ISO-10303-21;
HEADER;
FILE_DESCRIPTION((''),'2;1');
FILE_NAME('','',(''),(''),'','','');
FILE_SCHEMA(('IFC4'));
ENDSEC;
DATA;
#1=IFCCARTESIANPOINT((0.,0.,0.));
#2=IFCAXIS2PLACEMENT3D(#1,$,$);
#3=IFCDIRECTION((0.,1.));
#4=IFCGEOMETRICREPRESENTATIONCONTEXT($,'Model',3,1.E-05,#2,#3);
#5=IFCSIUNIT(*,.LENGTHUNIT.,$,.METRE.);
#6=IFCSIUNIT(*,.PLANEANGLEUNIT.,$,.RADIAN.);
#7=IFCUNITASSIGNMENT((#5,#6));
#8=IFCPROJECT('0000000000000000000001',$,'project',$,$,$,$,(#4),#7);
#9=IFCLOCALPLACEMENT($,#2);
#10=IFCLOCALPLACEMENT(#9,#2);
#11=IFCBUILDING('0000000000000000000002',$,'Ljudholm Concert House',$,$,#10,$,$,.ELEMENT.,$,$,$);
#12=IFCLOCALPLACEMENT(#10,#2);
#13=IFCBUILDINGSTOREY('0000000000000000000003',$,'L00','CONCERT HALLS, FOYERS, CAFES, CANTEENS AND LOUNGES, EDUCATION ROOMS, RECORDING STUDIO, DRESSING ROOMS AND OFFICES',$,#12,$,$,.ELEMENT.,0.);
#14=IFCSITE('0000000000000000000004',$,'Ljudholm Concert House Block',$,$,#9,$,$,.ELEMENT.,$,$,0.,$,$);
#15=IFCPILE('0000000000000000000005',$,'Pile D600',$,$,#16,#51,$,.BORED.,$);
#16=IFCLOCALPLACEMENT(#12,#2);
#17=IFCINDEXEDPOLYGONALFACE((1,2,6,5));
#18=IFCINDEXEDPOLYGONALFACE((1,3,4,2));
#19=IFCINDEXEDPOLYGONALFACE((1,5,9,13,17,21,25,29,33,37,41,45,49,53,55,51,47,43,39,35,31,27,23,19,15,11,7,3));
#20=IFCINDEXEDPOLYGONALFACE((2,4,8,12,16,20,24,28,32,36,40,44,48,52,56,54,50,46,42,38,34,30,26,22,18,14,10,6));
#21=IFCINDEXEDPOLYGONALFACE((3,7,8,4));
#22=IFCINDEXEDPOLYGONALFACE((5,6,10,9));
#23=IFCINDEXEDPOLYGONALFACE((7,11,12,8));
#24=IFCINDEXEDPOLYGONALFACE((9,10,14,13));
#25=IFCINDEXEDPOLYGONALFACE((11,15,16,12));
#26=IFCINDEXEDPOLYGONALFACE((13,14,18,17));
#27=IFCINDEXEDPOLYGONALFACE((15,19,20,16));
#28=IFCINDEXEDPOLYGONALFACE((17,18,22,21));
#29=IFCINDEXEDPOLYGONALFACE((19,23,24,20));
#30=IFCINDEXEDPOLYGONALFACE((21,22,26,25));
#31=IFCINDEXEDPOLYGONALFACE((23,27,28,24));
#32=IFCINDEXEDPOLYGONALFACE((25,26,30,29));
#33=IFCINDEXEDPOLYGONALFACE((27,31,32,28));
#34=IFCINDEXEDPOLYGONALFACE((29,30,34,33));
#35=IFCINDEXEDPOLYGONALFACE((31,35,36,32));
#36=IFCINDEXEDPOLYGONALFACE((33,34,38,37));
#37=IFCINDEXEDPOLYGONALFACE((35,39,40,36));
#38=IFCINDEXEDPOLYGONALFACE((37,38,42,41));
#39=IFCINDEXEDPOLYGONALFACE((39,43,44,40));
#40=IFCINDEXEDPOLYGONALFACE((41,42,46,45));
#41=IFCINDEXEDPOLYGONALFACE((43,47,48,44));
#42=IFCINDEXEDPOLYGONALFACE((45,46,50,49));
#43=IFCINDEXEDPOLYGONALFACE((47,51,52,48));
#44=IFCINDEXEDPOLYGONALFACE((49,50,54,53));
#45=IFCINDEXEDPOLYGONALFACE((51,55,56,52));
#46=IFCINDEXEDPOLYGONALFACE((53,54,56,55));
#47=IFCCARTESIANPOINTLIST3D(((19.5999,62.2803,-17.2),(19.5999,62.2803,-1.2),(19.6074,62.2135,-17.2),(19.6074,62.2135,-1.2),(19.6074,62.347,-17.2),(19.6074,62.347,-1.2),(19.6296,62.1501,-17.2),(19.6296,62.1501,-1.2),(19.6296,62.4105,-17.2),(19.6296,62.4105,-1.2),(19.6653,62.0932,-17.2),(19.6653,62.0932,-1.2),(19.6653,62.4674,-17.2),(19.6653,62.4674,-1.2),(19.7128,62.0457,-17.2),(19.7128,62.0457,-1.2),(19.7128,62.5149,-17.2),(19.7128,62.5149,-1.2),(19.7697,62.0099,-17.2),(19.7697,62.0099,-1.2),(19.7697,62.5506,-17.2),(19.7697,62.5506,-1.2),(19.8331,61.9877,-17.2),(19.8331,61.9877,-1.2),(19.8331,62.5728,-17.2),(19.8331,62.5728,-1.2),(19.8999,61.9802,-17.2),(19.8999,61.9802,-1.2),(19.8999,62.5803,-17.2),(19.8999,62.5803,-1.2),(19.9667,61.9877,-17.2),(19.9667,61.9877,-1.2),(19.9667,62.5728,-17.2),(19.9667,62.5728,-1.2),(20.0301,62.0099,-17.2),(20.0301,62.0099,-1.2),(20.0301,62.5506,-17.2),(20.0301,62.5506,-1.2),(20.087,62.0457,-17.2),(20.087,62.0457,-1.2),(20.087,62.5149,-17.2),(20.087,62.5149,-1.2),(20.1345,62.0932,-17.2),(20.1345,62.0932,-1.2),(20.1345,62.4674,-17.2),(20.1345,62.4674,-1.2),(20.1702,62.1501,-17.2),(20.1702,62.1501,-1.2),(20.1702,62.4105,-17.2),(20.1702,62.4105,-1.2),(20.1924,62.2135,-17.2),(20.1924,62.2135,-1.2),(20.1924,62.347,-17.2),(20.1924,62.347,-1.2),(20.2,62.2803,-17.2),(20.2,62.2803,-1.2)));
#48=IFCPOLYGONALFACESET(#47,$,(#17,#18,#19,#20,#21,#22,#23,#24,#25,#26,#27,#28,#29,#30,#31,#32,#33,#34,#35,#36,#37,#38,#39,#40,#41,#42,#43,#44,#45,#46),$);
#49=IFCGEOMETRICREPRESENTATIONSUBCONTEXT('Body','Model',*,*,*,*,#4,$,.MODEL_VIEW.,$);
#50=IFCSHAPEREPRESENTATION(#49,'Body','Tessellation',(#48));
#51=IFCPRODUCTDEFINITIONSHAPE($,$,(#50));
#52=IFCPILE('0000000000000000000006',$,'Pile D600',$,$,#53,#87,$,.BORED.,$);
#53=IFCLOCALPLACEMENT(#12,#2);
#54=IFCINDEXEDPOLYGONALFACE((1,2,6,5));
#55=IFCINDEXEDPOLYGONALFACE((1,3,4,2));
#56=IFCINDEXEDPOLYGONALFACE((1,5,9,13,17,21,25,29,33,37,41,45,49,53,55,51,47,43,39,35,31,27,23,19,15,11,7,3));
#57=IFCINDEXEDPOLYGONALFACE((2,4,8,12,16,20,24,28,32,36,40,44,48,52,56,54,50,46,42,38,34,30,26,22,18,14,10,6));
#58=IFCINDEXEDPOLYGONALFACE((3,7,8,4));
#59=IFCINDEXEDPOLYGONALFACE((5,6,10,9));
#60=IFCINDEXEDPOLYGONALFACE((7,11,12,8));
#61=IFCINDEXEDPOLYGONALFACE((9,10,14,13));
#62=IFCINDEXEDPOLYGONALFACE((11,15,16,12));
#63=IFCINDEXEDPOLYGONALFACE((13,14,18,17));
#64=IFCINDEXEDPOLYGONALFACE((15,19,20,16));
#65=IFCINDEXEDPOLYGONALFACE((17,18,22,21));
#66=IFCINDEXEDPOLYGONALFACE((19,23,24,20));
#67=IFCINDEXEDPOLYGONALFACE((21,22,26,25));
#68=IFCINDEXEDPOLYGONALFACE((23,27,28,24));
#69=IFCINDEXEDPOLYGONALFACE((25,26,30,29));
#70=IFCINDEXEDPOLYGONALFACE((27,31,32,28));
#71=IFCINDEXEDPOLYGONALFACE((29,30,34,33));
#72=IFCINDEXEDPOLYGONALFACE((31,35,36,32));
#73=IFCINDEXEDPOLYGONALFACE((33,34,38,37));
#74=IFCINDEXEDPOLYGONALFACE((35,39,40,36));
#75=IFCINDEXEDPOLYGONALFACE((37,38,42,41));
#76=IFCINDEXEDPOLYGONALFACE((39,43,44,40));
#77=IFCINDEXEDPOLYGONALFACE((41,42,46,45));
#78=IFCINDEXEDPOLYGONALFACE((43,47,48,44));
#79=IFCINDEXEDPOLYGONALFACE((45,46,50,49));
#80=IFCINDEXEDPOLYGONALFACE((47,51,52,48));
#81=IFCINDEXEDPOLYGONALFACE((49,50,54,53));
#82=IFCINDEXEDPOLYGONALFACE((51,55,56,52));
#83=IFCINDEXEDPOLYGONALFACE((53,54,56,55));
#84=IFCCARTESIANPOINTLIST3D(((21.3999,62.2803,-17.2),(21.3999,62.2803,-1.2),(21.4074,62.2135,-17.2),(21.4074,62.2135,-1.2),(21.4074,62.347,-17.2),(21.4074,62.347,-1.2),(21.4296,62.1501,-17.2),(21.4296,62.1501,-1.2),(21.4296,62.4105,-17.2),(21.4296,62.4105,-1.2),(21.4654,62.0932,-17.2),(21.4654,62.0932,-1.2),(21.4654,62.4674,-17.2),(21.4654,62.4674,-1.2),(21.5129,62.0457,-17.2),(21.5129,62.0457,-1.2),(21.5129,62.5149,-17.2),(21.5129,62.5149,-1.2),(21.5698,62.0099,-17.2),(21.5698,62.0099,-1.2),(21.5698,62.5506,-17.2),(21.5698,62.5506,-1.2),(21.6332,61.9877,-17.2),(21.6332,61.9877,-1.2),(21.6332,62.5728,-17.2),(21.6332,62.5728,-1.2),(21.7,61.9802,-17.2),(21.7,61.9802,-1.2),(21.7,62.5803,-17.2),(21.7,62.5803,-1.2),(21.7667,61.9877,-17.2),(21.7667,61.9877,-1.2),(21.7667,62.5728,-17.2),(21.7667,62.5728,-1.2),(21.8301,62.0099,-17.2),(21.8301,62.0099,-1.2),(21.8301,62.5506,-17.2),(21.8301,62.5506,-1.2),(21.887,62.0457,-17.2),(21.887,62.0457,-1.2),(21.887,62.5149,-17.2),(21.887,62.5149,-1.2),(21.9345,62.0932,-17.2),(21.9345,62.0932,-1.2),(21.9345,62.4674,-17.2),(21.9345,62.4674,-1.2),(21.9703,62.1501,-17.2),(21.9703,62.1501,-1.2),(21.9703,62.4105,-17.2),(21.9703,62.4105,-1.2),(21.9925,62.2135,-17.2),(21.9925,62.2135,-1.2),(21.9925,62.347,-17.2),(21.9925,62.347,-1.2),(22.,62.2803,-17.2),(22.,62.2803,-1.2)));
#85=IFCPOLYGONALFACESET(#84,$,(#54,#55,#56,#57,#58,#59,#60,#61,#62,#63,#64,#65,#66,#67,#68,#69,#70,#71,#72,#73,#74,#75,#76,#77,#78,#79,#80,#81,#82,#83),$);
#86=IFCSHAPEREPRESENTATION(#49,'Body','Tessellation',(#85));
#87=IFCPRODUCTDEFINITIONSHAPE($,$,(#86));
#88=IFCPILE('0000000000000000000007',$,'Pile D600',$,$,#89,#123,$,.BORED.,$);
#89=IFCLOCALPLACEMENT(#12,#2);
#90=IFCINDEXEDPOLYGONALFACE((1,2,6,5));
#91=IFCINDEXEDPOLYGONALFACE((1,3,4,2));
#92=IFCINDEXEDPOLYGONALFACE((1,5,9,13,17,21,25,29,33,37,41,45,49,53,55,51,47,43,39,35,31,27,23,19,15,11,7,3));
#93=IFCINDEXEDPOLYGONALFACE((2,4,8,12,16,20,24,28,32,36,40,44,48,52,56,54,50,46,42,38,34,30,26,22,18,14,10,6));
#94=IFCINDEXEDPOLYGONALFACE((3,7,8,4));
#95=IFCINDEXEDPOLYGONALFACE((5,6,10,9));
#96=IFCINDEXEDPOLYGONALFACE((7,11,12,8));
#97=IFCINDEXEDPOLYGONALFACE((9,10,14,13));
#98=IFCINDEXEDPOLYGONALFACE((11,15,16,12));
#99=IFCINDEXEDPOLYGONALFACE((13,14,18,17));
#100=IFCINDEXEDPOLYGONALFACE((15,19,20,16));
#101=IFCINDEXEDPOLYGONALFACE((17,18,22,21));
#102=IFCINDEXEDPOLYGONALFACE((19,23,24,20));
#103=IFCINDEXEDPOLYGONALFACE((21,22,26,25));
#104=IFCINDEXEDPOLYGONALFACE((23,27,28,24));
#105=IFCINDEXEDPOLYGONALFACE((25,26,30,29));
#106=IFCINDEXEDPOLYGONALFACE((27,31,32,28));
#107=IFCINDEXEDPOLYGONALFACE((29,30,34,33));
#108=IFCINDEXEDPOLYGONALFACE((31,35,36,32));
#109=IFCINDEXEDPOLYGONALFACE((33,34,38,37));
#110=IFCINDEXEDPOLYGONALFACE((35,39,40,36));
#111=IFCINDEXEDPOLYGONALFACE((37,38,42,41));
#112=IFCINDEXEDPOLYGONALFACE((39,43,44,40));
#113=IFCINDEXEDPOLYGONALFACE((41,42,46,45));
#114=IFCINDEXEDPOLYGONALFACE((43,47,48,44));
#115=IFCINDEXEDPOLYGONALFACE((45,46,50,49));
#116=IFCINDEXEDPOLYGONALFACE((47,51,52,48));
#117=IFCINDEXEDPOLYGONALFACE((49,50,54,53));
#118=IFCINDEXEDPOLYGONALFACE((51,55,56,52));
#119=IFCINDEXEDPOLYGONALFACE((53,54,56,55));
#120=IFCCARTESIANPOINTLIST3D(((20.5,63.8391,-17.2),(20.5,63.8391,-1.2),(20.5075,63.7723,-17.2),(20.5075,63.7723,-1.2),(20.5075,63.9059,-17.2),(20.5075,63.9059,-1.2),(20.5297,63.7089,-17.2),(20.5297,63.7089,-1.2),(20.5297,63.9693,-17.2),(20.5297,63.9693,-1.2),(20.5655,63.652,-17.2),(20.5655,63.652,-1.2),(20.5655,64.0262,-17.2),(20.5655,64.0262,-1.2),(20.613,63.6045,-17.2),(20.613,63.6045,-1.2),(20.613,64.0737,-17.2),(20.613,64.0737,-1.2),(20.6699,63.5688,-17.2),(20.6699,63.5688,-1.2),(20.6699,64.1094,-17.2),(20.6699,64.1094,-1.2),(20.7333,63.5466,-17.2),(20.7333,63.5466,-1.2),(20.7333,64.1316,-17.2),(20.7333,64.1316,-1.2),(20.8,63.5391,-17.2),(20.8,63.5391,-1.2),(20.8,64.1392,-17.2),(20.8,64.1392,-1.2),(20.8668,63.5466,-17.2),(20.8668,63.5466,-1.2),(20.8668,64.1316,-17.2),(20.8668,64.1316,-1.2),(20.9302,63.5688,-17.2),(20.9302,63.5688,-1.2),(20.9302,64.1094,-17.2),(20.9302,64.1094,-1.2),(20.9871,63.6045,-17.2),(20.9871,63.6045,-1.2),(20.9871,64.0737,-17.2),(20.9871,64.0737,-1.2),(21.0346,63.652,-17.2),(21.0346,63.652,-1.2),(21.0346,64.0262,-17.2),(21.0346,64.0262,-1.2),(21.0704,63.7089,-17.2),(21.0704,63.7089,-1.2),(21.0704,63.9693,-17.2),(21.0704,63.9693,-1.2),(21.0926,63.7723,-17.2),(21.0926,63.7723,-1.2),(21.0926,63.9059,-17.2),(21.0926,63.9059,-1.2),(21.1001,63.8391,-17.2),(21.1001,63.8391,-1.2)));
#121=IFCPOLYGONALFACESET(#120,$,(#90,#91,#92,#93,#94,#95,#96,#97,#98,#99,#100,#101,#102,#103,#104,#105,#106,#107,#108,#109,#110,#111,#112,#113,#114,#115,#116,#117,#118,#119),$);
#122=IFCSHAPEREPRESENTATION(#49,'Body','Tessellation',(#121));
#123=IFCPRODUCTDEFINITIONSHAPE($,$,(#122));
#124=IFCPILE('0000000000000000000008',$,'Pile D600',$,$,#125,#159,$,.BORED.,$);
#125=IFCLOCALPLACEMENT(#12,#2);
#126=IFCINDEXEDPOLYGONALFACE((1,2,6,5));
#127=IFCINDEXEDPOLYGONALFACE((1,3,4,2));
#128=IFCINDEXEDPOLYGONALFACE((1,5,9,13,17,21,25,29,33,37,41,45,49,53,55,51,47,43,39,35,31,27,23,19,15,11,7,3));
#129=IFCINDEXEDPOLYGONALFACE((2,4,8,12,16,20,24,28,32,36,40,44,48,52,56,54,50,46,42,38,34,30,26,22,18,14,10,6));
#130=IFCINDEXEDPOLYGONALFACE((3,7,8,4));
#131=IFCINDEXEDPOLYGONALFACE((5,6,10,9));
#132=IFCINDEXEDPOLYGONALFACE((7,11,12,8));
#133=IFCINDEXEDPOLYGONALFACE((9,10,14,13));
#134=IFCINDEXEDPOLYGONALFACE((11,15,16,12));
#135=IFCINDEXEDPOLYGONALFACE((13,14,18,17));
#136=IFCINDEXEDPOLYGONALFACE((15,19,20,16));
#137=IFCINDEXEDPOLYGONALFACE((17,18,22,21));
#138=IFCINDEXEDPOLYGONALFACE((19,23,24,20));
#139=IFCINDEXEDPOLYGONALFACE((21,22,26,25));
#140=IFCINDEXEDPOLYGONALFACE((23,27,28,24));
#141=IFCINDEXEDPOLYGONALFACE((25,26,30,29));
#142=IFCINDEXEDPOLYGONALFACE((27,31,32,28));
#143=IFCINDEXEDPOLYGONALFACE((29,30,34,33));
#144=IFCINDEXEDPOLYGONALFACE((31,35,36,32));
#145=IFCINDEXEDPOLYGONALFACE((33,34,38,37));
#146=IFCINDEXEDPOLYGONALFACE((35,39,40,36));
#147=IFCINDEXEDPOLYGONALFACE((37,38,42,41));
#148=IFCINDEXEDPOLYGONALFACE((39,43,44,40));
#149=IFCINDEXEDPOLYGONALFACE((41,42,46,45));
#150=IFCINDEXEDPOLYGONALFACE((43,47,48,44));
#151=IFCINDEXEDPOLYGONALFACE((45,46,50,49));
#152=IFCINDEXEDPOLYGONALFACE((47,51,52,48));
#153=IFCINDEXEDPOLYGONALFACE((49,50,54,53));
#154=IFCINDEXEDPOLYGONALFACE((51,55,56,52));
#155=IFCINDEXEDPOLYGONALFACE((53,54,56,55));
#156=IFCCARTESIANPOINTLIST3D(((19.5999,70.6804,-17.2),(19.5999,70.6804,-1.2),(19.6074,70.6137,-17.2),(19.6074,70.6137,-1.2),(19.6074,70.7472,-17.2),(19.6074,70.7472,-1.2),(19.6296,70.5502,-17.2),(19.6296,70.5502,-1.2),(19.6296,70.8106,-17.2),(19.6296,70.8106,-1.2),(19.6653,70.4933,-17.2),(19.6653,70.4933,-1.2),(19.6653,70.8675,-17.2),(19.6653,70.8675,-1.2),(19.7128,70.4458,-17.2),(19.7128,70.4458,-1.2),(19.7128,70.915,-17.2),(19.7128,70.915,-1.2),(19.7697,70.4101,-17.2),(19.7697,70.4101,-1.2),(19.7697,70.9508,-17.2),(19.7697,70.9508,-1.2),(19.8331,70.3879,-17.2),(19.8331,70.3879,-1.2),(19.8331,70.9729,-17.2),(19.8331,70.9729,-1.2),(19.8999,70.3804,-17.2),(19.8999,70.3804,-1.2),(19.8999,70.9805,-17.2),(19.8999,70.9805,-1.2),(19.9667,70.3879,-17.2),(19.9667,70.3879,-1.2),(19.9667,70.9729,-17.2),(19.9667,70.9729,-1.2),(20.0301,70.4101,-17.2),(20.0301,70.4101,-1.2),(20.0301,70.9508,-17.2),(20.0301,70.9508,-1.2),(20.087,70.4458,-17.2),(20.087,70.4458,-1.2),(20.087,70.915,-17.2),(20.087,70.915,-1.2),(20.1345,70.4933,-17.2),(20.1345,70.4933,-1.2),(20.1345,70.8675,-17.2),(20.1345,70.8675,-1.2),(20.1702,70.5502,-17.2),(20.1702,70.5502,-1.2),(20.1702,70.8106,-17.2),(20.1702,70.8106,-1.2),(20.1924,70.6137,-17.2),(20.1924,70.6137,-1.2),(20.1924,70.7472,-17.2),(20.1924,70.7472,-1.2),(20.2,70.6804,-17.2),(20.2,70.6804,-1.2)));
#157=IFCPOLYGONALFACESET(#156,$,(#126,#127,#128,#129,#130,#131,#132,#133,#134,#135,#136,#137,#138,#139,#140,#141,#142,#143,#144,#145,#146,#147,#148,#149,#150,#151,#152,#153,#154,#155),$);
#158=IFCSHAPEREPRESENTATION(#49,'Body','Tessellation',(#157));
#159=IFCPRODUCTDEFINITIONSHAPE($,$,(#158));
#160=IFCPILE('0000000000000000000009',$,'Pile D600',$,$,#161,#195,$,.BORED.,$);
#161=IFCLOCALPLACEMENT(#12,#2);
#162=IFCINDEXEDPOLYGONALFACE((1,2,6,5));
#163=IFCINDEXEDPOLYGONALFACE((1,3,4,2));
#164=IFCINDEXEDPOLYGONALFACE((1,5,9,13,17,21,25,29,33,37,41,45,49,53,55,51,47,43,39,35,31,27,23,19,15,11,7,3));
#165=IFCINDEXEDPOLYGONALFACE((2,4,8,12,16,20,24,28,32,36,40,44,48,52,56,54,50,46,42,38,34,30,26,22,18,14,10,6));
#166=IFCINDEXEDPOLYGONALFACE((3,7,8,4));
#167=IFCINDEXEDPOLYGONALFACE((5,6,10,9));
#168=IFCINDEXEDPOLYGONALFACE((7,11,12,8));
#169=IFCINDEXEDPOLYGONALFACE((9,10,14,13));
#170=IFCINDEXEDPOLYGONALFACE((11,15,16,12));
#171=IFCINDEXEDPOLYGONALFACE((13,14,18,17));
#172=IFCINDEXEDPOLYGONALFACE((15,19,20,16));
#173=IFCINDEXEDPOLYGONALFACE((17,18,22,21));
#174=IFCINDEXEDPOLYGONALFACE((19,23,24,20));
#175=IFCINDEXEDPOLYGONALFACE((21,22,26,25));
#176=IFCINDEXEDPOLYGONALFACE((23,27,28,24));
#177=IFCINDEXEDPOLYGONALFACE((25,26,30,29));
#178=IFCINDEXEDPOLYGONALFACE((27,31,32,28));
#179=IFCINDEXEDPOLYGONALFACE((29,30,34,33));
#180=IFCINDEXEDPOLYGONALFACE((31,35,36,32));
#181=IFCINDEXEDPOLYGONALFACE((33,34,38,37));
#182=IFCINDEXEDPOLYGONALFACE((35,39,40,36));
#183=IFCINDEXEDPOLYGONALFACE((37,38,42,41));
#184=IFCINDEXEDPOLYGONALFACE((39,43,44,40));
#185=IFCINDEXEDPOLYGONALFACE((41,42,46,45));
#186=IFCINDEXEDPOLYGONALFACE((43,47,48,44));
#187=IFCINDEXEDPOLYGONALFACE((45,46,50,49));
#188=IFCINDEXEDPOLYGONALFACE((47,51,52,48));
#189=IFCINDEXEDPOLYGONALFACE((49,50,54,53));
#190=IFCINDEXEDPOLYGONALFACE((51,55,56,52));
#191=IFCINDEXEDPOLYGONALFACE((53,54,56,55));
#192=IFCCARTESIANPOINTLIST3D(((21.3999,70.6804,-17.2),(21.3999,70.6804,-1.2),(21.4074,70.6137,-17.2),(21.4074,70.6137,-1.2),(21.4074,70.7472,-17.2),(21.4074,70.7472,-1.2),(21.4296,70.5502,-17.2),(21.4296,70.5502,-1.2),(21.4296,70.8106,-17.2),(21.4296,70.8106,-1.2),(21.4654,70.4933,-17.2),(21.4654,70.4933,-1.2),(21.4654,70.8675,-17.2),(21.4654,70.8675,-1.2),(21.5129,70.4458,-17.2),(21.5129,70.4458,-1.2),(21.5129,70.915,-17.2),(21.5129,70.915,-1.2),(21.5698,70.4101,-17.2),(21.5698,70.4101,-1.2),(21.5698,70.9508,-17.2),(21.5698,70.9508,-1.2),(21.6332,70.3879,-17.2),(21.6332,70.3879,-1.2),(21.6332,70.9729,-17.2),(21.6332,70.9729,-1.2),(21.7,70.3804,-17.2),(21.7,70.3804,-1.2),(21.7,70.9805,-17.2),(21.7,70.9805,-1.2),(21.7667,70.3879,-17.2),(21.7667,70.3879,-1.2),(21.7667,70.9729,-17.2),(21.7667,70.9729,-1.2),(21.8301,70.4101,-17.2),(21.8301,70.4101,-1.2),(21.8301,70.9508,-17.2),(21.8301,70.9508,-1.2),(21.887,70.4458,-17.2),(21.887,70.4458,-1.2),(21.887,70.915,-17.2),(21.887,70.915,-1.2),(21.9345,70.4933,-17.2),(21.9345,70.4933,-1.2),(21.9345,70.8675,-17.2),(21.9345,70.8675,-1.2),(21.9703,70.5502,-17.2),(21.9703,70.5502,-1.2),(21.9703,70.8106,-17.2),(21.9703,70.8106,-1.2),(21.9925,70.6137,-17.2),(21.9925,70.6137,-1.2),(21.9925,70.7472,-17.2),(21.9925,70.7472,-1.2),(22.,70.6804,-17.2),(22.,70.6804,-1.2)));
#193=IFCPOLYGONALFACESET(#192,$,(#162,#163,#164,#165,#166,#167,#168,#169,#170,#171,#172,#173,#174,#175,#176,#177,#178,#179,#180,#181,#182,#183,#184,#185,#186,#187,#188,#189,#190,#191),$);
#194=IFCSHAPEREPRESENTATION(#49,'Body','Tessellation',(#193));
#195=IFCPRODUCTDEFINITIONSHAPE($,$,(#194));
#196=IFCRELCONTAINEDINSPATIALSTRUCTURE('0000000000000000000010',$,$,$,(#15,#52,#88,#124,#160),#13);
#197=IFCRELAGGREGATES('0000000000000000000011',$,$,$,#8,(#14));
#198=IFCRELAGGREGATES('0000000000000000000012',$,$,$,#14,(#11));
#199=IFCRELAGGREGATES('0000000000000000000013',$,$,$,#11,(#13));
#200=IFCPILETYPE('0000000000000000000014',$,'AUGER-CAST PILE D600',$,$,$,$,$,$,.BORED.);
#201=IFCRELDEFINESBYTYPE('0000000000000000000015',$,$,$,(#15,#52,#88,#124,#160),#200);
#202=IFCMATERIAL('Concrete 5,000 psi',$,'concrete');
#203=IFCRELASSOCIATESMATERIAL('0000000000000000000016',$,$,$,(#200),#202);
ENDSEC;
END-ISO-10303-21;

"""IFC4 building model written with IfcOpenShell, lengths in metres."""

from ifc_helpers import new_model, si_unit, direction, frame, origin, origin_2d, place, context, subcontext, project, spatial, circle, extrude, material, material_profile, profile_set, type_object, element, save


model = new_model("IFC4")

# Units and contexts
model_context = context("Model", 3, precision=1e-05, world=origin(), true_north=direction((0.0, 1.0)))
body_context = subcontext(model_context, "Body", "Model", "MODEL_VIEW")
ifc_project = project(units=[si_unit("LENGTHUNIT", "METRE"), si_unit("PLANEANGLEUNIT", "RADIAN")], contexts=[model_context])

# Site, building, storey
site_placement = place(None, origin())
site = spatial("IfcSite", under=ifc_project, at=site_placement, Name="Ljudholm Concert House Block", CompositionType="ELEMENT", RefElevation=0.0)
building_placement = place(site_placement, origin())
building = spatial("IfcBuilding", under=site, at=building_placement, Name="Ljudholm Concert House", CompositionType="ELEMENT")
storey_placement = place(building_placement, origin())
storey = spatial("IfcBuildingStorey", under=building, at=storey_placement, Name="L00", Description="CONCERT HALLS, FOYERS, CAFES, CANTEENS AND LOUNGES, EDUCATION ROOMS, RECORDING STUDIO, DRESSING ROOMS AND OFFICES", CompositionType="ELEMENT", Elevation=0.0)

# Piles
ifc_material_1 = material(Name="Concrete 5,000 psi", Category="concrete")
ifc_material_profile_1 = material_profile(ifc_material_1, circle(Radius=0.3, at=origin_2d()), Name="AUGER-CAST PILE D600")
ifc_profile_set_1 = profile_set([ifc_material_profile_1], Name="Concrete 5,000 psi")
pile_type = type_object("IfcPileType", Name="AUGER-CAST PILE D600", PredefinedType="BORED", material=ifc_profile_set_1)
for number, where, z_axis, x_axis, name in (
    (1, (19.8999, 62.2803, -1.2), (0.0, 0.0, -1.0), (1.0, 0.0, 0.0), "Pile D600"),
    (2, (21.7, 62.2803, -1.2), (0.0, 0.0, -1.0), (1.0, 0.0, 0.0), "Pile D600"),
    (3, (20.8, 63.8391, -1.2), (0.0, 0.0, -1.0), (1.0, 0.0, 0.0), "Pile D600"),
    (4, (19.8999, 70.6804, -1.2), (0.0, 0.0, -1.0), (1.0, 0.0, 0.0), "Pile D600"),
    (5, (21.7, 70.6804, -1.2), (0.0, 0.0, -1.0), (1.0, 0.0, 0.0), "Pile D600"),
):
    element("IfcPile", number, at=place(storey_placement, frame(where, z_axis=z_axis, x_axis=x_axis)), inside=storey, type_object=pile_type, Name=name, PredefinedType="BORED", context=body_context, shape_type="SweptSolid", body=[
        extrude(circle(Radius=0.3, at=origin_2d()), origin(), (0.0, 0.0, 1.0), 16.0),
    ])

save(model, "model.ifc")
